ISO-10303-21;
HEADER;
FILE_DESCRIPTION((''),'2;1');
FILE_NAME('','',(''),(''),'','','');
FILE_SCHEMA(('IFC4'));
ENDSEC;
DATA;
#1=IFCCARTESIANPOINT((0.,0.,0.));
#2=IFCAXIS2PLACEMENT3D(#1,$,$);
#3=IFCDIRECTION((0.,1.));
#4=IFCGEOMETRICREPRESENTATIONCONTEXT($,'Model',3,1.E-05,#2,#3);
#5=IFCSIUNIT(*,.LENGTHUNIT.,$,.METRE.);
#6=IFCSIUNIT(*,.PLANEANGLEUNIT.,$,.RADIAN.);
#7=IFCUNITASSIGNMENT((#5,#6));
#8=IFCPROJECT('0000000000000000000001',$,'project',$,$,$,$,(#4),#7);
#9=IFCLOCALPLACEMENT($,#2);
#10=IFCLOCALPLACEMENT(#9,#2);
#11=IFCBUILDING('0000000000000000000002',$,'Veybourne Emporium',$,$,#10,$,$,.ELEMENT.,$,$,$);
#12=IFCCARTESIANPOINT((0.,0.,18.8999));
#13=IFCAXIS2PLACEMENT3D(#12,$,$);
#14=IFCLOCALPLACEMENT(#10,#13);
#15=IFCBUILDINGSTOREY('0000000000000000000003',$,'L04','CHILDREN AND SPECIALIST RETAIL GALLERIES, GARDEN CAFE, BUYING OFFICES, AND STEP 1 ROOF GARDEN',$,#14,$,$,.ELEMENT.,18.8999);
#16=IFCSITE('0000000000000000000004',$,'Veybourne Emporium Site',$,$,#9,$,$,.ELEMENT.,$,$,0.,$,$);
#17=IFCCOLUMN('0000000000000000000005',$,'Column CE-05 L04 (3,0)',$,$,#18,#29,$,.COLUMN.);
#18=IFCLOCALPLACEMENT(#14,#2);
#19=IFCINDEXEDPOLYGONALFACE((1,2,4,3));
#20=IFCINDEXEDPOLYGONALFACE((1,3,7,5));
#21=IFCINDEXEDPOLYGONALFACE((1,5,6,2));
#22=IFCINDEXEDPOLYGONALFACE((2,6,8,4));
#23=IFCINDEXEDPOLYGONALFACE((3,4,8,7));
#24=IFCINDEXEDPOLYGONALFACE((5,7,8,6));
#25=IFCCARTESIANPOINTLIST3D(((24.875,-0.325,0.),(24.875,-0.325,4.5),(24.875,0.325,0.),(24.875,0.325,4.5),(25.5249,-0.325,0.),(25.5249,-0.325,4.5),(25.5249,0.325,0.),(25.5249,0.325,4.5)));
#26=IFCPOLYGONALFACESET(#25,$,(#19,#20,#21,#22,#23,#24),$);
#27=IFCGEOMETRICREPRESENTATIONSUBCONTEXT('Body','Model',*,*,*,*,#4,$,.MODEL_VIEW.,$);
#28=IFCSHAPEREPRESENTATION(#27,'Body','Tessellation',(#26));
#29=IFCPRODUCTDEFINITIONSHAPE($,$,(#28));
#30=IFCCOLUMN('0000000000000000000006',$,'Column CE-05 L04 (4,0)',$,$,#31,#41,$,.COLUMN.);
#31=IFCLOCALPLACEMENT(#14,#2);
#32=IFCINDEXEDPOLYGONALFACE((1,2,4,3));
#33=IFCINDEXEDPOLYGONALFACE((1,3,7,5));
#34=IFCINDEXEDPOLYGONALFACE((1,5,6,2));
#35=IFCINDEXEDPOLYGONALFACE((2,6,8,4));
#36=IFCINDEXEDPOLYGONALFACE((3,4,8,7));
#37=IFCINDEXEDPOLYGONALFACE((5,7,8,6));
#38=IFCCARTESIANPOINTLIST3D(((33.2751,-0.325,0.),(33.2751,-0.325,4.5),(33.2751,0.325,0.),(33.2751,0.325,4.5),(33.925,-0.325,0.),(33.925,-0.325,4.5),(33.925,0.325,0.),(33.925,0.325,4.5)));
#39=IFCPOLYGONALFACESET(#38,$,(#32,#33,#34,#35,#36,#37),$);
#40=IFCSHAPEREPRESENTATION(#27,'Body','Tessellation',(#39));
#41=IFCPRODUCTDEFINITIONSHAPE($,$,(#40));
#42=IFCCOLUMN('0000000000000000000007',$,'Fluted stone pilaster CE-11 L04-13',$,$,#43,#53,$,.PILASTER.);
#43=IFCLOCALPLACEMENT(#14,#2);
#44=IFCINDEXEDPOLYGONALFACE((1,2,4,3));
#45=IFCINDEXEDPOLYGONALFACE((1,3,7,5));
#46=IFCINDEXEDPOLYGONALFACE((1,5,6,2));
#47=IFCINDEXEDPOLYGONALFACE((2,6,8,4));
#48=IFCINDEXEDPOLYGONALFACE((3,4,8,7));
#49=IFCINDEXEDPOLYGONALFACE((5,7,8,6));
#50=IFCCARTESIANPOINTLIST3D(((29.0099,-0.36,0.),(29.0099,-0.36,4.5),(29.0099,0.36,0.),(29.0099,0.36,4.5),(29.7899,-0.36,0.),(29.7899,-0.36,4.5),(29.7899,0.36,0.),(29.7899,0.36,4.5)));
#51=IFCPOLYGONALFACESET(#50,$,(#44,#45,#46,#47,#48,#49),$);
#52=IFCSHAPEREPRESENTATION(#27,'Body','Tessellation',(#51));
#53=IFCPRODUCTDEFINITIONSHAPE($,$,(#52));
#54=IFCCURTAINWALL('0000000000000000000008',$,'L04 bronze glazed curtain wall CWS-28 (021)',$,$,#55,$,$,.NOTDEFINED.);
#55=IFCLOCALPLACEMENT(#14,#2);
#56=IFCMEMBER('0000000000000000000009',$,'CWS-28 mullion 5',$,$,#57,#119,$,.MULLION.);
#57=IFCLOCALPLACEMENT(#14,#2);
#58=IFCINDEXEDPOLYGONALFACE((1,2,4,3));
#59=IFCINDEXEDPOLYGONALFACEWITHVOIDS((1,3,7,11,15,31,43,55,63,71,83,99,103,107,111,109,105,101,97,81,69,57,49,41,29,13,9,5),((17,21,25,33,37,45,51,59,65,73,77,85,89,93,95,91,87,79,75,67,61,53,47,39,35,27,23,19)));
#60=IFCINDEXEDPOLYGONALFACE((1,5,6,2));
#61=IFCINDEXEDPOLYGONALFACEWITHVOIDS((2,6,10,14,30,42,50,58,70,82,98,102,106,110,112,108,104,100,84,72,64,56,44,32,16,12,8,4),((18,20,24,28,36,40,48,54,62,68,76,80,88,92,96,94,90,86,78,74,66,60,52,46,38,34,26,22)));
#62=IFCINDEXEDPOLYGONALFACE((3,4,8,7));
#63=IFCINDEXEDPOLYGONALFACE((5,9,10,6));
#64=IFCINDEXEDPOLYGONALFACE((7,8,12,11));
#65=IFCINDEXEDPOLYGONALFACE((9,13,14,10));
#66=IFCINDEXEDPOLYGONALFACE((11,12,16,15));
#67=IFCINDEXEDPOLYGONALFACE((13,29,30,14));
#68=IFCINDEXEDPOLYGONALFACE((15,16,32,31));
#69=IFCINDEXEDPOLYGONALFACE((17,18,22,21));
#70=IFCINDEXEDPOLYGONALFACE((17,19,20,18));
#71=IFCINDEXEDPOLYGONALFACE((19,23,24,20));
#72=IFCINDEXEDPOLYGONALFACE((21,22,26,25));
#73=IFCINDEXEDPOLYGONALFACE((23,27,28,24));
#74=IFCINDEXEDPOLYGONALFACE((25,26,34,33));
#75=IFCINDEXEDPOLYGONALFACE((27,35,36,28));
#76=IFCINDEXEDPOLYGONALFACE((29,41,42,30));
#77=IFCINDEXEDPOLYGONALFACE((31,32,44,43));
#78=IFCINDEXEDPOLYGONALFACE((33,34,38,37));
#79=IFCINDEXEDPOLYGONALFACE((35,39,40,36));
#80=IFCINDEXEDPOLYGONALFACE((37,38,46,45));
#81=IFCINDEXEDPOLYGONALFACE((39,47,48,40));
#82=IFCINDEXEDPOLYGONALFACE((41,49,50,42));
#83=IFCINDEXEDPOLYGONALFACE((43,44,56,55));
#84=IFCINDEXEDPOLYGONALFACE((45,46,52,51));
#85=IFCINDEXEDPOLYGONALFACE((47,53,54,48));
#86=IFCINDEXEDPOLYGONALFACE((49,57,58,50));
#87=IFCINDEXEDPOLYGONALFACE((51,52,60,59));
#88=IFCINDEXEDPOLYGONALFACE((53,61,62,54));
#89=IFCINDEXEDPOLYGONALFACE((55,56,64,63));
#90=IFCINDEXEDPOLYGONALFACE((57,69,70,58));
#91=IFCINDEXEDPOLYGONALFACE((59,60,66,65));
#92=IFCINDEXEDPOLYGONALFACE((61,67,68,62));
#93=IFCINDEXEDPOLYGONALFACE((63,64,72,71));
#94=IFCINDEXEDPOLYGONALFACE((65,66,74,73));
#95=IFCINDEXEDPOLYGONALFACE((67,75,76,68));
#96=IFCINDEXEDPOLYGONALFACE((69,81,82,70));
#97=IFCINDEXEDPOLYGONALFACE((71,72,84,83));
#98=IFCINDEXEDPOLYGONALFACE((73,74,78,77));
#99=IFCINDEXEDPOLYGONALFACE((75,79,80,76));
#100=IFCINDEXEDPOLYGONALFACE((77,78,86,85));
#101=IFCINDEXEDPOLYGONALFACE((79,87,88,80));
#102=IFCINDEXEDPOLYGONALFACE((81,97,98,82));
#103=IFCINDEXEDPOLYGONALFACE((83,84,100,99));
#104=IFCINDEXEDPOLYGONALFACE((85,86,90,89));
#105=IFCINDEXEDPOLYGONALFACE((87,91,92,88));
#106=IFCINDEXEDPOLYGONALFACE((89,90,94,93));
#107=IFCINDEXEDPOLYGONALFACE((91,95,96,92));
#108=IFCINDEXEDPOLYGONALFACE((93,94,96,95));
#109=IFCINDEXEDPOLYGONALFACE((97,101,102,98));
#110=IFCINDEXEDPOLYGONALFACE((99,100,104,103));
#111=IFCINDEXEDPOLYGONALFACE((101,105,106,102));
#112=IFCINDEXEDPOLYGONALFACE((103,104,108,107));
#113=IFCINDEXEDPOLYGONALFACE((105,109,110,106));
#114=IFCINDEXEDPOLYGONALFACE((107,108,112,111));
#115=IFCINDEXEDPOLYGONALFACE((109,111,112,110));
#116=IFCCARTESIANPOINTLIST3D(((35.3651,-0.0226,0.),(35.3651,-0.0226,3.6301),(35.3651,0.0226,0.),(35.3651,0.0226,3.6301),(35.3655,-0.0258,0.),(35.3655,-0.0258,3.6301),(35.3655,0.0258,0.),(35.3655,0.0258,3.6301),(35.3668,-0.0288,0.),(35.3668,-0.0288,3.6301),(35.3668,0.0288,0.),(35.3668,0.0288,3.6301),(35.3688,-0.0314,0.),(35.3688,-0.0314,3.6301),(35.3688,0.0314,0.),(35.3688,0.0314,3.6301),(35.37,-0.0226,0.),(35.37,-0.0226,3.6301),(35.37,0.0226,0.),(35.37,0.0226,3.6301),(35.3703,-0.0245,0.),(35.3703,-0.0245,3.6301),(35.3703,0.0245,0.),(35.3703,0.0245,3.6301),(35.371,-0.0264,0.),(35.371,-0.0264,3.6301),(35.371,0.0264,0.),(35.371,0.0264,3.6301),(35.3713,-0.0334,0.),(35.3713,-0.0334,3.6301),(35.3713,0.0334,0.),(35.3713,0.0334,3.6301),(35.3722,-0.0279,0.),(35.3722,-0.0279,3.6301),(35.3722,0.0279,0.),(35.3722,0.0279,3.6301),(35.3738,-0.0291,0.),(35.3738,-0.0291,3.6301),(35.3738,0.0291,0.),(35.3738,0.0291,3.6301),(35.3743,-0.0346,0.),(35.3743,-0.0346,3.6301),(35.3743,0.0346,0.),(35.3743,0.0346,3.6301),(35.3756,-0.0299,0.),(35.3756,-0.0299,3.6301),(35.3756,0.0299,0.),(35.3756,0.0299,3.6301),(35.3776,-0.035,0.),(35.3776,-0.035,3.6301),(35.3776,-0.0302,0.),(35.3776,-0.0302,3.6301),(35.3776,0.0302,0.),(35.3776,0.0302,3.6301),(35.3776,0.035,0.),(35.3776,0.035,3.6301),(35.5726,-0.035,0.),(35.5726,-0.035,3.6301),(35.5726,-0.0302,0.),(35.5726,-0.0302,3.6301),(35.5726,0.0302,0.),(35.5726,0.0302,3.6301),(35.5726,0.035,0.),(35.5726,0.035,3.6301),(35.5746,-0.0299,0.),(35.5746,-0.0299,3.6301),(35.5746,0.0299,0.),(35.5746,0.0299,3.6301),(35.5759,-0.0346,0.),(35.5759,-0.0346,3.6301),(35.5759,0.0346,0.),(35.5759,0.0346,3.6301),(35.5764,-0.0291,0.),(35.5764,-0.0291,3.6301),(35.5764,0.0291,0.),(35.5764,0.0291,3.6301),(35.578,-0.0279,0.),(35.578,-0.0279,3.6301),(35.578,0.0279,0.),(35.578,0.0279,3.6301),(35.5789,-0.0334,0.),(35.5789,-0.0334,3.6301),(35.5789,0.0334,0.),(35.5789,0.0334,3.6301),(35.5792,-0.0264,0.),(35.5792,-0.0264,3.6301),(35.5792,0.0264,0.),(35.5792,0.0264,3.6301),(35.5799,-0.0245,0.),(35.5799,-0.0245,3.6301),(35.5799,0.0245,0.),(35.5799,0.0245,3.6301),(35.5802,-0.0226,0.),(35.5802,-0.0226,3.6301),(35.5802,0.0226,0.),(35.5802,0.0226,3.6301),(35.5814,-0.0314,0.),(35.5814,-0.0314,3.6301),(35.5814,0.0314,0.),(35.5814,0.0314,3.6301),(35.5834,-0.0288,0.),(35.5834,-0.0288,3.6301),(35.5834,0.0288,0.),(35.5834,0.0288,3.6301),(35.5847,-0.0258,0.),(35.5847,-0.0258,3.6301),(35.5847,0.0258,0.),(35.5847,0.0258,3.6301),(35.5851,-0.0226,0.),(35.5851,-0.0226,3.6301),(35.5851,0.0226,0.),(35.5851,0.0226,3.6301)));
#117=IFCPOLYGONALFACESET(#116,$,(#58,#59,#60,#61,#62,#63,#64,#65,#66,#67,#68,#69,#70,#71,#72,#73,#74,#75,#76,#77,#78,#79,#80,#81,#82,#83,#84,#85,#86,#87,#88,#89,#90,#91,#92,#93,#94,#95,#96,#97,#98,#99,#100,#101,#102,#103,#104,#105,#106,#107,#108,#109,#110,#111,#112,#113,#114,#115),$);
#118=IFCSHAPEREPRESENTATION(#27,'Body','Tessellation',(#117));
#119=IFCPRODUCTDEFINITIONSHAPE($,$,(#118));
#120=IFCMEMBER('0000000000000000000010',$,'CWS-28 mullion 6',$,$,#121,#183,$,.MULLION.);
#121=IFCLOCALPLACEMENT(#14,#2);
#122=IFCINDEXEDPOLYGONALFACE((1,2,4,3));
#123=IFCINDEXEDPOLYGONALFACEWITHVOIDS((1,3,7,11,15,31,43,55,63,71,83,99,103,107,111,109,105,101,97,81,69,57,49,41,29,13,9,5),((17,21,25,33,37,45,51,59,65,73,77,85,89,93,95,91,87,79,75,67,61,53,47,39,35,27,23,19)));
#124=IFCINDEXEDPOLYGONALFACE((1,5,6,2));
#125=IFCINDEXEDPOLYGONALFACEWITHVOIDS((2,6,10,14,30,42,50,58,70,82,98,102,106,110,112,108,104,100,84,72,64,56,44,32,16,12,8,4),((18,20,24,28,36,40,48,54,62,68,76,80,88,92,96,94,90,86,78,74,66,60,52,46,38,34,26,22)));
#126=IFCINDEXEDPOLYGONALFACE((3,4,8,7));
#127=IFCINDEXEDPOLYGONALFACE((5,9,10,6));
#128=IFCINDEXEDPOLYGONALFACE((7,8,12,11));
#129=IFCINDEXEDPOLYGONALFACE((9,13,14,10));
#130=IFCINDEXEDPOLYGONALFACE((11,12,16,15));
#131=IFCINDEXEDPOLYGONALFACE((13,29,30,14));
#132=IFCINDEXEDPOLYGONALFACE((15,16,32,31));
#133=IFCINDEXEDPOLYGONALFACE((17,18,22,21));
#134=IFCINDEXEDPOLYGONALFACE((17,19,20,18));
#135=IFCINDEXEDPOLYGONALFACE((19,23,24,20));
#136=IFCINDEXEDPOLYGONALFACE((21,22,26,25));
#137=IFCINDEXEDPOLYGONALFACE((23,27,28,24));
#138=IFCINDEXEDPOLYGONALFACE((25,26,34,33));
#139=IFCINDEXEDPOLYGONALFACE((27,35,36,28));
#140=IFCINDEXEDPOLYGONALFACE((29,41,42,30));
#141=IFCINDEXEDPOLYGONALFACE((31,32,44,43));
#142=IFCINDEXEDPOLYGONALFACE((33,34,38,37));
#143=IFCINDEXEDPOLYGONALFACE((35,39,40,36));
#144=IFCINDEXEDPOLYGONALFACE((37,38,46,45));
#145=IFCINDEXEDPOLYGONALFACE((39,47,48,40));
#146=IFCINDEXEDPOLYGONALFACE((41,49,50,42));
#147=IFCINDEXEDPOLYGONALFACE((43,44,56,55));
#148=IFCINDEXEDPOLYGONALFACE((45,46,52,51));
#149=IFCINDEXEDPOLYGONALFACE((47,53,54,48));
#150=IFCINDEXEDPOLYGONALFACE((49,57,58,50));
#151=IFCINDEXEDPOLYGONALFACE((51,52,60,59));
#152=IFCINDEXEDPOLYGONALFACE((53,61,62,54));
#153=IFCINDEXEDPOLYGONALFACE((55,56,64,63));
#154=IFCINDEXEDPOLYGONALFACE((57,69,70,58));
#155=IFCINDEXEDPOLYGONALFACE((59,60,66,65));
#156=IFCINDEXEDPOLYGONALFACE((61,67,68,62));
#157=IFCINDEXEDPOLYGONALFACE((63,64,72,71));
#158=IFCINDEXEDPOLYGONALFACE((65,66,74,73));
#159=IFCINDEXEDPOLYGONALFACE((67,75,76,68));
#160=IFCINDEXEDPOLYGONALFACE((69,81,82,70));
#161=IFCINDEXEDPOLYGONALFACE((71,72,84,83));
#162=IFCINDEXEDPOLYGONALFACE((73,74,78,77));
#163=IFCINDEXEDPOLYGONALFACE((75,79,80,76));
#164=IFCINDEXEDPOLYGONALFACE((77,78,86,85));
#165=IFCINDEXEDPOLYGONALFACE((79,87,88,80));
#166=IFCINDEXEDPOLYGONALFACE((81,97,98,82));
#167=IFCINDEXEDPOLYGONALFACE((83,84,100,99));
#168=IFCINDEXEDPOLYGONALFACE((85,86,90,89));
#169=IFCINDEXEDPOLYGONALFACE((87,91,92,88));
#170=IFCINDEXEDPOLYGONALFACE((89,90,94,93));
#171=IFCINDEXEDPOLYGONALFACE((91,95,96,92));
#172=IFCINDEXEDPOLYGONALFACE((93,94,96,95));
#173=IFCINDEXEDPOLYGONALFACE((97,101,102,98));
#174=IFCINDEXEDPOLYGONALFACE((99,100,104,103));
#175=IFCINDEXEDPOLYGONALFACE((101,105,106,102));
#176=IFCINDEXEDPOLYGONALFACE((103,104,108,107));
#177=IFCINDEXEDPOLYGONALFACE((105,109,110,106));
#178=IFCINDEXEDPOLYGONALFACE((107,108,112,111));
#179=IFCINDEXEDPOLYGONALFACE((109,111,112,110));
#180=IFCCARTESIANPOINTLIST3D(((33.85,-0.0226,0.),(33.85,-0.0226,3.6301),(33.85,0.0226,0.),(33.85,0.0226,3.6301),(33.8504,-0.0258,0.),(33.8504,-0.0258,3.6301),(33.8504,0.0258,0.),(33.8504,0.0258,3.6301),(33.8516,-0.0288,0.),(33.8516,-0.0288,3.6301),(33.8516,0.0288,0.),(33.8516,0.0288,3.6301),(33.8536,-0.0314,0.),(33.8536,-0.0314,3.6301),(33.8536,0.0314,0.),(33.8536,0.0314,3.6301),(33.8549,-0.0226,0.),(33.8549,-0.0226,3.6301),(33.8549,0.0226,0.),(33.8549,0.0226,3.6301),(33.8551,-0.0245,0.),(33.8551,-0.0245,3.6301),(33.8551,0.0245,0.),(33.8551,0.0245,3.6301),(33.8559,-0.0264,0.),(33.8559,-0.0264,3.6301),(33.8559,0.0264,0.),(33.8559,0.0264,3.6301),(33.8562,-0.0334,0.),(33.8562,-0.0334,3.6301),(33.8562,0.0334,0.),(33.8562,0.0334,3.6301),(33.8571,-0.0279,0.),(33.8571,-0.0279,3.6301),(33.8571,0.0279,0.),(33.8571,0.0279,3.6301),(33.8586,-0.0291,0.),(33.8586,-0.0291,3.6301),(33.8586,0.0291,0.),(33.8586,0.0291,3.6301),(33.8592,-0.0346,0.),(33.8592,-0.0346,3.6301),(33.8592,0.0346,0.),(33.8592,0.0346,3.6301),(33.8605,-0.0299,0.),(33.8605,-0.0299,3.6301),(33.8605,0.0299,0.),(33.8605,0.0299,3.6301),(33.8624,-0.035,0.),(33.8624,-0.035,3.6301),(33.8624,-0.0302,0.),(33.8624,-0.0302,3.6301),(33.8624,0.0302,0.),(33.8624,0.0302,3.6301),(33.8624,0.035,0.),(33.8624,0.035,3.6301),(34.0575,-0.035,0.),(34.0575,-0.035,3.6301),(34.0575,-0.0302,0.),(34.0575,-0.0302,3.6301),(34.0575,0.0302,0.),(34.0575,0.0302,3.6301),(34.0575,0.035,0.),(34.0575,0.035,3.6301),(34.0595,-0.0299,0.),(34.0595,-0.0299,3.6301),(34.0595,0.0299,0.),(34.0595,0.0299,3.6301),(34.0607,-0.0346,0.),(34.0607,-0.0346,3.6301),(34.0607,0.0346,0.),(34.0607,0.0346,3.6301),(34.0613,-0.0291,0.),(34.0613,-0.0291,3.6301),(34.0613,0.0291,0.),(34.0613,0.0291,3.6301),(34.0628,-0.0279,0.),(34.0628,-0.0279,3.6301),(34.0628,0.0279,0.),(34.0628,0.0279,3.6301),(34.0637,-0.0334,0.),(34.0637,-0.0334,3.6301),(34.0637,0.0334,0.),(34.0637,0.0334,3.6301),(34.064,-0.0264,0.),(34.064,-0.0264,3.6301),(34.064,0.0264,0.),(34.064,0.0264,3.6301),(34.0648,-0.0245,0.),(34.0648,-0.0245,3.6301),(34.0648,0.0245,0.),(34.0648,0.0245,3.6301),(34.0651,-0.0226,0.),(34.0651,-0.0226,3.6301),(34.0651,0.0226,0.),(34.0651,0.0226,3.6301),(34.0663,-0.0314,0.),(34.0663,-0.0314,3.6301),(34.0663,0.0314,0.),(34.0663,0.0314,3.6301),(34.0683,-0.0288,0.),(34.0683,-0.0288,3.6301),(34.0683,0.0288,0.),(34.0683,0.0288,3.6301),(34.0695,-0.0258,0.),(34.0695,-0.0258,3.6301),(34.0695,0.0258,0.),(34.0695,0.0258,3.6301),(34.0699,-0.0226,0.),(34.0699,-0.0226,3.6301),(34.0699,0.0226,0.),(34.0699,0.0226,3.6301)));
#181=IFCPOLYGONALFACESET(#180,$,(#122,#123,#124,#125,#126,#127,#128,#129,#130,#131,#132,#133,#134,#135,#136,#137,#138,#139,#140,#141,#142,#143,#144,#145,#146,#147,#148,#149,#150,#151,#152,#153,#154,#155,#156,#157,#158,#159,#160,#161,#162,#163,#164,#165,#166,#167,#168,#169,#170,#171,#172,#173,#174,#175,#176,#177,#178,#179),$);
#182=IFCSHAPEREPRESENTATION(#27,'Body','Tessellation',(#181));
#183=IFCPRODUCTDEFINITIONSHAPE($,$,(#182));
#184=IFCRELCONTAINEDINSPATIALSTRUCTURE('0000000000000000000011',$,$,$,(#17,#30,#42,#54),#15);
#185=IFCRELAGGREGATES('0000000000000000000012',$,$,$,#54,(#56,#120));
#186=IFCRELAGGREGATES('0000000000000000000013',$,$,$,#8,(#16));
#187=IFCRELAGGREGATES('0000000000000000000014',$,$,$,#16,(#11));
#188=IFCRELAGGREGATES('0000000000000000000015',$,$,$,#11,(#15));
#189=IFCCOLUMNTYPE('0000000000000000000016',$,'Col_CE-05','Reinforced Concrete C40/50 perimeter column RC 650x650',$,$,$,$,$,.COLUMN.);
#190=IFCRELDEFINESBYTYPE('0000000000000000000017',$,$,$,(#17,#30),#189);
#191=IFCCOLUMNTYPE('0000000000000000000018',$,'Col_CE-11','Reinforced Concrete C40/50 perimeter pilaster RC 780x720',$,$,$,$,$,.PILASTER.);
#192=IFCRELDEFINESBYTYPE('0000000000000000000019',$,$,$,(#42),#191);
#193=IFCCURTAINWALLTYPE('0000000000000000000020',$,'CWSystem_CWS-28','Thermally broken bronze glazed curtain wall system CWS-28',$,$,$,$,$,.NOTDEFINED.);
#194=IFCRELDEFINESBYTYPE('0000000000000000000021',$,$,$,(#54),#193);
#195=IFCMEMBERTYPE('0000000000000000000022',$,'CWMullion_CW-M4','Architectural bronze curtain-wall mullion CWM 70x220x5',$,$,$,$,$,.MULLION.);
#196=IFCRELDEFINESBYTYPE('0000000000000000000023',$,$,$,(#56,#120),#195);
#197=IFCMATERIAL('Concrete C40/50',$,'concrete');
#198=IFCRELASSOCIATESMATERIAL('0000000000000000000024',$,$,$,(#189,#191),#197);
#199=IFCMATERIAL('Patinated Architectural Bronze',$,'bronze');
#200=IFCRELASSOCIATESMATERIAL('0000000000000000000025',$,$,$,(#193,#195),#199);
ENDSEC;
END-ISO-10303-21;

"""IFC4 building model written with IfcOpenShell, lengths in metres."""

from ifc_helpers import new_model, si_unit, direction, frame, origin, origin_2d, place, context, subcontext, project, spatial, rectangle, hollow_rectangle, extrude, material, material_profile, profile_set, type_object, element, aggregate, save


model = new_model("IFC4")

# Units and contexts
model_context = context("Model", 3, precision=1e-05, world=origin(), true_north=direction((0.0, 1.0)))
body_context = subcontext(model_context, "Body", "Model", "MODEL_VIEW")
ifc_project = project(units=[si_unit("LENGTHUNIT", "METRE"), si_unit("PLANEANGLEUNIT", "RADIAN")], contexts=[model_context])

# Site, building, storey
site_placement = place(None, origin())
site = spatial("IfcSite", under=ifc_project, at=site_placement, Name="Veybourne Emporium Site", CompositionType="ELEMENT", RefElevation=0.0)
building_placement = place(site_placement, origin())
building = spatial("IfcBuilding", under=site, at=building_placement, Name="Veybourne Emporium", CompositionType="ELEMENT")
storey_placement = place(building_placement, frame((0.0, 0.0, 18.8999)))
storey = spatial("IfcBuildingStorey", under=building, at=storey_placement, Name="L04", Description="CHILDREN AND SPECIALIST RETAIL GALLERIES, GARDEN CAFE, BUYING OFFICES, AND STEP 1 ROOF GARDEN", CompositionType="ELEMENT", Elevation=18.8999)

# Columns
ifc_material_1 = material(Name="Concrete C40/50", Category="concrete")
ifc_material_profile_1 = material_profile(ifc_material_1, rectangle(XDim=0.6499, YDim=0.6499, at=origin_2d()), Name="RC 650x650")
ifc_profile_set_1 = profile_set([ifc_material_profile_1], Name="Concrete C40/50")
column_type_1 = type_object("IfcColumnType", Name="Col_CE-05", Description="Reinforced Concrete C40/50 perimeter column RC 650x650", PredefinedType="COLUMN", material=ifc_profile_set_1)
for number, where, z_axis, x_axis, name in (
    (1, (25.2, 0.0, 0.0), (0.0, 0.0, 1.0), (1.0, 0.0, 0.0), "Column CE-05 L04 (3,0)"),
    (2, (33.6001, 0.0, 0.0), (0.0, 0.0, 1.0), (1.0, 0.0, 0.0), "Column CE-05 L04 (4,0)"),
):
    element("IfcColumn", number, at=place(storey_placement, frame(where, z_axis=z_axis, x_axis=x_axis)), inside=storey, type_object=column_type_1, Name=name, PredefinedType="COLUMN", context=body_context, shape_type="SweptSolid", body=[
        extrude(rectangle(XDim=0.6499, YDim=0.6499, at=origin_2d()), origin(), (0.0, 0.0, 1.0), 4.5),
    ])
ifc_material_profile_2 = material_profile(ifc_material_1, rectangle(XDim=0.78, YDim=0.72, at=origin_2d()), Name="RC 780x720")
ifc_profile_set_2 = profile_set([ifc_material_profile_2], Name="Concrete C40/50")
column_type_2 = type_object("IfcColumnType", Name="Col_CE-11", Description="Reinforced Concrete C40/50 perimeter pilaster RC 780x720", PredefinedType="PILASTER", material=ifc_profile_set_2)
column_placement = place(storey_placement, frame((29.3999, 0.0, 0.0), z_axis=(0.0, 0.0, 1.0), x_axis=(1.0, 0.0, 0.0)))
element("IfcColumn", 3, at=column_placement, inside=storey, type_object=column_type_2, Name="Fluted stone pilaster CE-11 L04-13", PredefinedType="PILASTER", context=body_context, shape_type="SweptSolid", body=[
    extrude(rectangle(XDim=0.78, YDim=0.72, at=origin_2d()), origin(), (0.0, 0.0, 1.0), 4.5),
])

# Curtain wall, members
ifc_material_2 = material(Name="Patinated Architectural Bronze", Category="bronze")
curtain_wall_type = type_object("IfcCurtainWallType", Name="CWSystem_CWS-28", Description="Thermally broken bronze glazed curtain wall system CWS-28", PredefinedType="NOTDEFINED", material=ifc_material_2)
curtain_wall_placement = place(storey_placement, origin())
curtain_wall = element("IfcCurtainWall", 4, at=curtain_wall_placement, inside=storey, type_object=curtain_wall_type, Name="L04 bronze glazed curtain wall CWS-28 (021)", PredefinedType="NOTDEFINED")
ifc_material_profile_3 = material_profile(ifc_material_2, hollow_rectangle(XDim=0.0701, YDim=0.22, WallThickness=0.0049, InnerFilletRadius=0.0076, OuterFilletRadius=0.0125, at=origin_2d()), Name="CWM 70x220x5")
ifc_profile_set_3 = profile_set([ifc_material_profile_3], Name="Patinated Architectural Bronze")
member_type_1 = type_object("IfcMemberType", Name="CWMullion_CW-M4", Description="Architectural bronze curtain-wall mullion CWM 70x220x5", PredefinedType="MULLION", material=ifc_profile_set_3)
member_1_placement = place(storey_placement, frame((35.4751, 0.0, 0.0), z_axis=(0.0, 0.0, 1.0), x_axis=(0.0, -1.0, 0.0)))
member_1 = element("IfcMember", 5, at=member_1_placement, type_object=member_type_1, Name="CWS-28 mullion 5", PredefinedType="MULLION", context=body_context, shape_type="SweptSolid", body=[
    extrude(hollow_rectangle(XDim=0.0701, YDim=0.22, WallThickness=0.0049, InnerFilletRadius=0.0076, OuterFilletRadius=0.0125, at=origin_2d()), origin(), (0.0, 0.0, 1.0), 3.6301),
])
member_2_placement = place(storey_placement, frame((33.96, 0.0, 0.0), z_axis=(0.0, 0.0, 1.0), x_axis=(0.0, -1.0, 0.0)))
member_2 = element("IfcMember", 6, at=member_2_placement, type_object=member_type_1, Name="CWS-28 mullion 6", PredefinedType="MULLION", context=body_context, shape_type="SweptSolid", body=[
    extrude(hollow_rectangle(XDim=0.0701, YDim=0.22, WallThickness=0.0049, InnerFilletRadius=0.0076, OuterFilletRadius=0.0125, at=origin_2d()), origin(), (0.0, 0.0, 1.0), 3.6301),
])

aggregate(curtain_wall, [member_1, member_2])

save(model, "model.ifc")
